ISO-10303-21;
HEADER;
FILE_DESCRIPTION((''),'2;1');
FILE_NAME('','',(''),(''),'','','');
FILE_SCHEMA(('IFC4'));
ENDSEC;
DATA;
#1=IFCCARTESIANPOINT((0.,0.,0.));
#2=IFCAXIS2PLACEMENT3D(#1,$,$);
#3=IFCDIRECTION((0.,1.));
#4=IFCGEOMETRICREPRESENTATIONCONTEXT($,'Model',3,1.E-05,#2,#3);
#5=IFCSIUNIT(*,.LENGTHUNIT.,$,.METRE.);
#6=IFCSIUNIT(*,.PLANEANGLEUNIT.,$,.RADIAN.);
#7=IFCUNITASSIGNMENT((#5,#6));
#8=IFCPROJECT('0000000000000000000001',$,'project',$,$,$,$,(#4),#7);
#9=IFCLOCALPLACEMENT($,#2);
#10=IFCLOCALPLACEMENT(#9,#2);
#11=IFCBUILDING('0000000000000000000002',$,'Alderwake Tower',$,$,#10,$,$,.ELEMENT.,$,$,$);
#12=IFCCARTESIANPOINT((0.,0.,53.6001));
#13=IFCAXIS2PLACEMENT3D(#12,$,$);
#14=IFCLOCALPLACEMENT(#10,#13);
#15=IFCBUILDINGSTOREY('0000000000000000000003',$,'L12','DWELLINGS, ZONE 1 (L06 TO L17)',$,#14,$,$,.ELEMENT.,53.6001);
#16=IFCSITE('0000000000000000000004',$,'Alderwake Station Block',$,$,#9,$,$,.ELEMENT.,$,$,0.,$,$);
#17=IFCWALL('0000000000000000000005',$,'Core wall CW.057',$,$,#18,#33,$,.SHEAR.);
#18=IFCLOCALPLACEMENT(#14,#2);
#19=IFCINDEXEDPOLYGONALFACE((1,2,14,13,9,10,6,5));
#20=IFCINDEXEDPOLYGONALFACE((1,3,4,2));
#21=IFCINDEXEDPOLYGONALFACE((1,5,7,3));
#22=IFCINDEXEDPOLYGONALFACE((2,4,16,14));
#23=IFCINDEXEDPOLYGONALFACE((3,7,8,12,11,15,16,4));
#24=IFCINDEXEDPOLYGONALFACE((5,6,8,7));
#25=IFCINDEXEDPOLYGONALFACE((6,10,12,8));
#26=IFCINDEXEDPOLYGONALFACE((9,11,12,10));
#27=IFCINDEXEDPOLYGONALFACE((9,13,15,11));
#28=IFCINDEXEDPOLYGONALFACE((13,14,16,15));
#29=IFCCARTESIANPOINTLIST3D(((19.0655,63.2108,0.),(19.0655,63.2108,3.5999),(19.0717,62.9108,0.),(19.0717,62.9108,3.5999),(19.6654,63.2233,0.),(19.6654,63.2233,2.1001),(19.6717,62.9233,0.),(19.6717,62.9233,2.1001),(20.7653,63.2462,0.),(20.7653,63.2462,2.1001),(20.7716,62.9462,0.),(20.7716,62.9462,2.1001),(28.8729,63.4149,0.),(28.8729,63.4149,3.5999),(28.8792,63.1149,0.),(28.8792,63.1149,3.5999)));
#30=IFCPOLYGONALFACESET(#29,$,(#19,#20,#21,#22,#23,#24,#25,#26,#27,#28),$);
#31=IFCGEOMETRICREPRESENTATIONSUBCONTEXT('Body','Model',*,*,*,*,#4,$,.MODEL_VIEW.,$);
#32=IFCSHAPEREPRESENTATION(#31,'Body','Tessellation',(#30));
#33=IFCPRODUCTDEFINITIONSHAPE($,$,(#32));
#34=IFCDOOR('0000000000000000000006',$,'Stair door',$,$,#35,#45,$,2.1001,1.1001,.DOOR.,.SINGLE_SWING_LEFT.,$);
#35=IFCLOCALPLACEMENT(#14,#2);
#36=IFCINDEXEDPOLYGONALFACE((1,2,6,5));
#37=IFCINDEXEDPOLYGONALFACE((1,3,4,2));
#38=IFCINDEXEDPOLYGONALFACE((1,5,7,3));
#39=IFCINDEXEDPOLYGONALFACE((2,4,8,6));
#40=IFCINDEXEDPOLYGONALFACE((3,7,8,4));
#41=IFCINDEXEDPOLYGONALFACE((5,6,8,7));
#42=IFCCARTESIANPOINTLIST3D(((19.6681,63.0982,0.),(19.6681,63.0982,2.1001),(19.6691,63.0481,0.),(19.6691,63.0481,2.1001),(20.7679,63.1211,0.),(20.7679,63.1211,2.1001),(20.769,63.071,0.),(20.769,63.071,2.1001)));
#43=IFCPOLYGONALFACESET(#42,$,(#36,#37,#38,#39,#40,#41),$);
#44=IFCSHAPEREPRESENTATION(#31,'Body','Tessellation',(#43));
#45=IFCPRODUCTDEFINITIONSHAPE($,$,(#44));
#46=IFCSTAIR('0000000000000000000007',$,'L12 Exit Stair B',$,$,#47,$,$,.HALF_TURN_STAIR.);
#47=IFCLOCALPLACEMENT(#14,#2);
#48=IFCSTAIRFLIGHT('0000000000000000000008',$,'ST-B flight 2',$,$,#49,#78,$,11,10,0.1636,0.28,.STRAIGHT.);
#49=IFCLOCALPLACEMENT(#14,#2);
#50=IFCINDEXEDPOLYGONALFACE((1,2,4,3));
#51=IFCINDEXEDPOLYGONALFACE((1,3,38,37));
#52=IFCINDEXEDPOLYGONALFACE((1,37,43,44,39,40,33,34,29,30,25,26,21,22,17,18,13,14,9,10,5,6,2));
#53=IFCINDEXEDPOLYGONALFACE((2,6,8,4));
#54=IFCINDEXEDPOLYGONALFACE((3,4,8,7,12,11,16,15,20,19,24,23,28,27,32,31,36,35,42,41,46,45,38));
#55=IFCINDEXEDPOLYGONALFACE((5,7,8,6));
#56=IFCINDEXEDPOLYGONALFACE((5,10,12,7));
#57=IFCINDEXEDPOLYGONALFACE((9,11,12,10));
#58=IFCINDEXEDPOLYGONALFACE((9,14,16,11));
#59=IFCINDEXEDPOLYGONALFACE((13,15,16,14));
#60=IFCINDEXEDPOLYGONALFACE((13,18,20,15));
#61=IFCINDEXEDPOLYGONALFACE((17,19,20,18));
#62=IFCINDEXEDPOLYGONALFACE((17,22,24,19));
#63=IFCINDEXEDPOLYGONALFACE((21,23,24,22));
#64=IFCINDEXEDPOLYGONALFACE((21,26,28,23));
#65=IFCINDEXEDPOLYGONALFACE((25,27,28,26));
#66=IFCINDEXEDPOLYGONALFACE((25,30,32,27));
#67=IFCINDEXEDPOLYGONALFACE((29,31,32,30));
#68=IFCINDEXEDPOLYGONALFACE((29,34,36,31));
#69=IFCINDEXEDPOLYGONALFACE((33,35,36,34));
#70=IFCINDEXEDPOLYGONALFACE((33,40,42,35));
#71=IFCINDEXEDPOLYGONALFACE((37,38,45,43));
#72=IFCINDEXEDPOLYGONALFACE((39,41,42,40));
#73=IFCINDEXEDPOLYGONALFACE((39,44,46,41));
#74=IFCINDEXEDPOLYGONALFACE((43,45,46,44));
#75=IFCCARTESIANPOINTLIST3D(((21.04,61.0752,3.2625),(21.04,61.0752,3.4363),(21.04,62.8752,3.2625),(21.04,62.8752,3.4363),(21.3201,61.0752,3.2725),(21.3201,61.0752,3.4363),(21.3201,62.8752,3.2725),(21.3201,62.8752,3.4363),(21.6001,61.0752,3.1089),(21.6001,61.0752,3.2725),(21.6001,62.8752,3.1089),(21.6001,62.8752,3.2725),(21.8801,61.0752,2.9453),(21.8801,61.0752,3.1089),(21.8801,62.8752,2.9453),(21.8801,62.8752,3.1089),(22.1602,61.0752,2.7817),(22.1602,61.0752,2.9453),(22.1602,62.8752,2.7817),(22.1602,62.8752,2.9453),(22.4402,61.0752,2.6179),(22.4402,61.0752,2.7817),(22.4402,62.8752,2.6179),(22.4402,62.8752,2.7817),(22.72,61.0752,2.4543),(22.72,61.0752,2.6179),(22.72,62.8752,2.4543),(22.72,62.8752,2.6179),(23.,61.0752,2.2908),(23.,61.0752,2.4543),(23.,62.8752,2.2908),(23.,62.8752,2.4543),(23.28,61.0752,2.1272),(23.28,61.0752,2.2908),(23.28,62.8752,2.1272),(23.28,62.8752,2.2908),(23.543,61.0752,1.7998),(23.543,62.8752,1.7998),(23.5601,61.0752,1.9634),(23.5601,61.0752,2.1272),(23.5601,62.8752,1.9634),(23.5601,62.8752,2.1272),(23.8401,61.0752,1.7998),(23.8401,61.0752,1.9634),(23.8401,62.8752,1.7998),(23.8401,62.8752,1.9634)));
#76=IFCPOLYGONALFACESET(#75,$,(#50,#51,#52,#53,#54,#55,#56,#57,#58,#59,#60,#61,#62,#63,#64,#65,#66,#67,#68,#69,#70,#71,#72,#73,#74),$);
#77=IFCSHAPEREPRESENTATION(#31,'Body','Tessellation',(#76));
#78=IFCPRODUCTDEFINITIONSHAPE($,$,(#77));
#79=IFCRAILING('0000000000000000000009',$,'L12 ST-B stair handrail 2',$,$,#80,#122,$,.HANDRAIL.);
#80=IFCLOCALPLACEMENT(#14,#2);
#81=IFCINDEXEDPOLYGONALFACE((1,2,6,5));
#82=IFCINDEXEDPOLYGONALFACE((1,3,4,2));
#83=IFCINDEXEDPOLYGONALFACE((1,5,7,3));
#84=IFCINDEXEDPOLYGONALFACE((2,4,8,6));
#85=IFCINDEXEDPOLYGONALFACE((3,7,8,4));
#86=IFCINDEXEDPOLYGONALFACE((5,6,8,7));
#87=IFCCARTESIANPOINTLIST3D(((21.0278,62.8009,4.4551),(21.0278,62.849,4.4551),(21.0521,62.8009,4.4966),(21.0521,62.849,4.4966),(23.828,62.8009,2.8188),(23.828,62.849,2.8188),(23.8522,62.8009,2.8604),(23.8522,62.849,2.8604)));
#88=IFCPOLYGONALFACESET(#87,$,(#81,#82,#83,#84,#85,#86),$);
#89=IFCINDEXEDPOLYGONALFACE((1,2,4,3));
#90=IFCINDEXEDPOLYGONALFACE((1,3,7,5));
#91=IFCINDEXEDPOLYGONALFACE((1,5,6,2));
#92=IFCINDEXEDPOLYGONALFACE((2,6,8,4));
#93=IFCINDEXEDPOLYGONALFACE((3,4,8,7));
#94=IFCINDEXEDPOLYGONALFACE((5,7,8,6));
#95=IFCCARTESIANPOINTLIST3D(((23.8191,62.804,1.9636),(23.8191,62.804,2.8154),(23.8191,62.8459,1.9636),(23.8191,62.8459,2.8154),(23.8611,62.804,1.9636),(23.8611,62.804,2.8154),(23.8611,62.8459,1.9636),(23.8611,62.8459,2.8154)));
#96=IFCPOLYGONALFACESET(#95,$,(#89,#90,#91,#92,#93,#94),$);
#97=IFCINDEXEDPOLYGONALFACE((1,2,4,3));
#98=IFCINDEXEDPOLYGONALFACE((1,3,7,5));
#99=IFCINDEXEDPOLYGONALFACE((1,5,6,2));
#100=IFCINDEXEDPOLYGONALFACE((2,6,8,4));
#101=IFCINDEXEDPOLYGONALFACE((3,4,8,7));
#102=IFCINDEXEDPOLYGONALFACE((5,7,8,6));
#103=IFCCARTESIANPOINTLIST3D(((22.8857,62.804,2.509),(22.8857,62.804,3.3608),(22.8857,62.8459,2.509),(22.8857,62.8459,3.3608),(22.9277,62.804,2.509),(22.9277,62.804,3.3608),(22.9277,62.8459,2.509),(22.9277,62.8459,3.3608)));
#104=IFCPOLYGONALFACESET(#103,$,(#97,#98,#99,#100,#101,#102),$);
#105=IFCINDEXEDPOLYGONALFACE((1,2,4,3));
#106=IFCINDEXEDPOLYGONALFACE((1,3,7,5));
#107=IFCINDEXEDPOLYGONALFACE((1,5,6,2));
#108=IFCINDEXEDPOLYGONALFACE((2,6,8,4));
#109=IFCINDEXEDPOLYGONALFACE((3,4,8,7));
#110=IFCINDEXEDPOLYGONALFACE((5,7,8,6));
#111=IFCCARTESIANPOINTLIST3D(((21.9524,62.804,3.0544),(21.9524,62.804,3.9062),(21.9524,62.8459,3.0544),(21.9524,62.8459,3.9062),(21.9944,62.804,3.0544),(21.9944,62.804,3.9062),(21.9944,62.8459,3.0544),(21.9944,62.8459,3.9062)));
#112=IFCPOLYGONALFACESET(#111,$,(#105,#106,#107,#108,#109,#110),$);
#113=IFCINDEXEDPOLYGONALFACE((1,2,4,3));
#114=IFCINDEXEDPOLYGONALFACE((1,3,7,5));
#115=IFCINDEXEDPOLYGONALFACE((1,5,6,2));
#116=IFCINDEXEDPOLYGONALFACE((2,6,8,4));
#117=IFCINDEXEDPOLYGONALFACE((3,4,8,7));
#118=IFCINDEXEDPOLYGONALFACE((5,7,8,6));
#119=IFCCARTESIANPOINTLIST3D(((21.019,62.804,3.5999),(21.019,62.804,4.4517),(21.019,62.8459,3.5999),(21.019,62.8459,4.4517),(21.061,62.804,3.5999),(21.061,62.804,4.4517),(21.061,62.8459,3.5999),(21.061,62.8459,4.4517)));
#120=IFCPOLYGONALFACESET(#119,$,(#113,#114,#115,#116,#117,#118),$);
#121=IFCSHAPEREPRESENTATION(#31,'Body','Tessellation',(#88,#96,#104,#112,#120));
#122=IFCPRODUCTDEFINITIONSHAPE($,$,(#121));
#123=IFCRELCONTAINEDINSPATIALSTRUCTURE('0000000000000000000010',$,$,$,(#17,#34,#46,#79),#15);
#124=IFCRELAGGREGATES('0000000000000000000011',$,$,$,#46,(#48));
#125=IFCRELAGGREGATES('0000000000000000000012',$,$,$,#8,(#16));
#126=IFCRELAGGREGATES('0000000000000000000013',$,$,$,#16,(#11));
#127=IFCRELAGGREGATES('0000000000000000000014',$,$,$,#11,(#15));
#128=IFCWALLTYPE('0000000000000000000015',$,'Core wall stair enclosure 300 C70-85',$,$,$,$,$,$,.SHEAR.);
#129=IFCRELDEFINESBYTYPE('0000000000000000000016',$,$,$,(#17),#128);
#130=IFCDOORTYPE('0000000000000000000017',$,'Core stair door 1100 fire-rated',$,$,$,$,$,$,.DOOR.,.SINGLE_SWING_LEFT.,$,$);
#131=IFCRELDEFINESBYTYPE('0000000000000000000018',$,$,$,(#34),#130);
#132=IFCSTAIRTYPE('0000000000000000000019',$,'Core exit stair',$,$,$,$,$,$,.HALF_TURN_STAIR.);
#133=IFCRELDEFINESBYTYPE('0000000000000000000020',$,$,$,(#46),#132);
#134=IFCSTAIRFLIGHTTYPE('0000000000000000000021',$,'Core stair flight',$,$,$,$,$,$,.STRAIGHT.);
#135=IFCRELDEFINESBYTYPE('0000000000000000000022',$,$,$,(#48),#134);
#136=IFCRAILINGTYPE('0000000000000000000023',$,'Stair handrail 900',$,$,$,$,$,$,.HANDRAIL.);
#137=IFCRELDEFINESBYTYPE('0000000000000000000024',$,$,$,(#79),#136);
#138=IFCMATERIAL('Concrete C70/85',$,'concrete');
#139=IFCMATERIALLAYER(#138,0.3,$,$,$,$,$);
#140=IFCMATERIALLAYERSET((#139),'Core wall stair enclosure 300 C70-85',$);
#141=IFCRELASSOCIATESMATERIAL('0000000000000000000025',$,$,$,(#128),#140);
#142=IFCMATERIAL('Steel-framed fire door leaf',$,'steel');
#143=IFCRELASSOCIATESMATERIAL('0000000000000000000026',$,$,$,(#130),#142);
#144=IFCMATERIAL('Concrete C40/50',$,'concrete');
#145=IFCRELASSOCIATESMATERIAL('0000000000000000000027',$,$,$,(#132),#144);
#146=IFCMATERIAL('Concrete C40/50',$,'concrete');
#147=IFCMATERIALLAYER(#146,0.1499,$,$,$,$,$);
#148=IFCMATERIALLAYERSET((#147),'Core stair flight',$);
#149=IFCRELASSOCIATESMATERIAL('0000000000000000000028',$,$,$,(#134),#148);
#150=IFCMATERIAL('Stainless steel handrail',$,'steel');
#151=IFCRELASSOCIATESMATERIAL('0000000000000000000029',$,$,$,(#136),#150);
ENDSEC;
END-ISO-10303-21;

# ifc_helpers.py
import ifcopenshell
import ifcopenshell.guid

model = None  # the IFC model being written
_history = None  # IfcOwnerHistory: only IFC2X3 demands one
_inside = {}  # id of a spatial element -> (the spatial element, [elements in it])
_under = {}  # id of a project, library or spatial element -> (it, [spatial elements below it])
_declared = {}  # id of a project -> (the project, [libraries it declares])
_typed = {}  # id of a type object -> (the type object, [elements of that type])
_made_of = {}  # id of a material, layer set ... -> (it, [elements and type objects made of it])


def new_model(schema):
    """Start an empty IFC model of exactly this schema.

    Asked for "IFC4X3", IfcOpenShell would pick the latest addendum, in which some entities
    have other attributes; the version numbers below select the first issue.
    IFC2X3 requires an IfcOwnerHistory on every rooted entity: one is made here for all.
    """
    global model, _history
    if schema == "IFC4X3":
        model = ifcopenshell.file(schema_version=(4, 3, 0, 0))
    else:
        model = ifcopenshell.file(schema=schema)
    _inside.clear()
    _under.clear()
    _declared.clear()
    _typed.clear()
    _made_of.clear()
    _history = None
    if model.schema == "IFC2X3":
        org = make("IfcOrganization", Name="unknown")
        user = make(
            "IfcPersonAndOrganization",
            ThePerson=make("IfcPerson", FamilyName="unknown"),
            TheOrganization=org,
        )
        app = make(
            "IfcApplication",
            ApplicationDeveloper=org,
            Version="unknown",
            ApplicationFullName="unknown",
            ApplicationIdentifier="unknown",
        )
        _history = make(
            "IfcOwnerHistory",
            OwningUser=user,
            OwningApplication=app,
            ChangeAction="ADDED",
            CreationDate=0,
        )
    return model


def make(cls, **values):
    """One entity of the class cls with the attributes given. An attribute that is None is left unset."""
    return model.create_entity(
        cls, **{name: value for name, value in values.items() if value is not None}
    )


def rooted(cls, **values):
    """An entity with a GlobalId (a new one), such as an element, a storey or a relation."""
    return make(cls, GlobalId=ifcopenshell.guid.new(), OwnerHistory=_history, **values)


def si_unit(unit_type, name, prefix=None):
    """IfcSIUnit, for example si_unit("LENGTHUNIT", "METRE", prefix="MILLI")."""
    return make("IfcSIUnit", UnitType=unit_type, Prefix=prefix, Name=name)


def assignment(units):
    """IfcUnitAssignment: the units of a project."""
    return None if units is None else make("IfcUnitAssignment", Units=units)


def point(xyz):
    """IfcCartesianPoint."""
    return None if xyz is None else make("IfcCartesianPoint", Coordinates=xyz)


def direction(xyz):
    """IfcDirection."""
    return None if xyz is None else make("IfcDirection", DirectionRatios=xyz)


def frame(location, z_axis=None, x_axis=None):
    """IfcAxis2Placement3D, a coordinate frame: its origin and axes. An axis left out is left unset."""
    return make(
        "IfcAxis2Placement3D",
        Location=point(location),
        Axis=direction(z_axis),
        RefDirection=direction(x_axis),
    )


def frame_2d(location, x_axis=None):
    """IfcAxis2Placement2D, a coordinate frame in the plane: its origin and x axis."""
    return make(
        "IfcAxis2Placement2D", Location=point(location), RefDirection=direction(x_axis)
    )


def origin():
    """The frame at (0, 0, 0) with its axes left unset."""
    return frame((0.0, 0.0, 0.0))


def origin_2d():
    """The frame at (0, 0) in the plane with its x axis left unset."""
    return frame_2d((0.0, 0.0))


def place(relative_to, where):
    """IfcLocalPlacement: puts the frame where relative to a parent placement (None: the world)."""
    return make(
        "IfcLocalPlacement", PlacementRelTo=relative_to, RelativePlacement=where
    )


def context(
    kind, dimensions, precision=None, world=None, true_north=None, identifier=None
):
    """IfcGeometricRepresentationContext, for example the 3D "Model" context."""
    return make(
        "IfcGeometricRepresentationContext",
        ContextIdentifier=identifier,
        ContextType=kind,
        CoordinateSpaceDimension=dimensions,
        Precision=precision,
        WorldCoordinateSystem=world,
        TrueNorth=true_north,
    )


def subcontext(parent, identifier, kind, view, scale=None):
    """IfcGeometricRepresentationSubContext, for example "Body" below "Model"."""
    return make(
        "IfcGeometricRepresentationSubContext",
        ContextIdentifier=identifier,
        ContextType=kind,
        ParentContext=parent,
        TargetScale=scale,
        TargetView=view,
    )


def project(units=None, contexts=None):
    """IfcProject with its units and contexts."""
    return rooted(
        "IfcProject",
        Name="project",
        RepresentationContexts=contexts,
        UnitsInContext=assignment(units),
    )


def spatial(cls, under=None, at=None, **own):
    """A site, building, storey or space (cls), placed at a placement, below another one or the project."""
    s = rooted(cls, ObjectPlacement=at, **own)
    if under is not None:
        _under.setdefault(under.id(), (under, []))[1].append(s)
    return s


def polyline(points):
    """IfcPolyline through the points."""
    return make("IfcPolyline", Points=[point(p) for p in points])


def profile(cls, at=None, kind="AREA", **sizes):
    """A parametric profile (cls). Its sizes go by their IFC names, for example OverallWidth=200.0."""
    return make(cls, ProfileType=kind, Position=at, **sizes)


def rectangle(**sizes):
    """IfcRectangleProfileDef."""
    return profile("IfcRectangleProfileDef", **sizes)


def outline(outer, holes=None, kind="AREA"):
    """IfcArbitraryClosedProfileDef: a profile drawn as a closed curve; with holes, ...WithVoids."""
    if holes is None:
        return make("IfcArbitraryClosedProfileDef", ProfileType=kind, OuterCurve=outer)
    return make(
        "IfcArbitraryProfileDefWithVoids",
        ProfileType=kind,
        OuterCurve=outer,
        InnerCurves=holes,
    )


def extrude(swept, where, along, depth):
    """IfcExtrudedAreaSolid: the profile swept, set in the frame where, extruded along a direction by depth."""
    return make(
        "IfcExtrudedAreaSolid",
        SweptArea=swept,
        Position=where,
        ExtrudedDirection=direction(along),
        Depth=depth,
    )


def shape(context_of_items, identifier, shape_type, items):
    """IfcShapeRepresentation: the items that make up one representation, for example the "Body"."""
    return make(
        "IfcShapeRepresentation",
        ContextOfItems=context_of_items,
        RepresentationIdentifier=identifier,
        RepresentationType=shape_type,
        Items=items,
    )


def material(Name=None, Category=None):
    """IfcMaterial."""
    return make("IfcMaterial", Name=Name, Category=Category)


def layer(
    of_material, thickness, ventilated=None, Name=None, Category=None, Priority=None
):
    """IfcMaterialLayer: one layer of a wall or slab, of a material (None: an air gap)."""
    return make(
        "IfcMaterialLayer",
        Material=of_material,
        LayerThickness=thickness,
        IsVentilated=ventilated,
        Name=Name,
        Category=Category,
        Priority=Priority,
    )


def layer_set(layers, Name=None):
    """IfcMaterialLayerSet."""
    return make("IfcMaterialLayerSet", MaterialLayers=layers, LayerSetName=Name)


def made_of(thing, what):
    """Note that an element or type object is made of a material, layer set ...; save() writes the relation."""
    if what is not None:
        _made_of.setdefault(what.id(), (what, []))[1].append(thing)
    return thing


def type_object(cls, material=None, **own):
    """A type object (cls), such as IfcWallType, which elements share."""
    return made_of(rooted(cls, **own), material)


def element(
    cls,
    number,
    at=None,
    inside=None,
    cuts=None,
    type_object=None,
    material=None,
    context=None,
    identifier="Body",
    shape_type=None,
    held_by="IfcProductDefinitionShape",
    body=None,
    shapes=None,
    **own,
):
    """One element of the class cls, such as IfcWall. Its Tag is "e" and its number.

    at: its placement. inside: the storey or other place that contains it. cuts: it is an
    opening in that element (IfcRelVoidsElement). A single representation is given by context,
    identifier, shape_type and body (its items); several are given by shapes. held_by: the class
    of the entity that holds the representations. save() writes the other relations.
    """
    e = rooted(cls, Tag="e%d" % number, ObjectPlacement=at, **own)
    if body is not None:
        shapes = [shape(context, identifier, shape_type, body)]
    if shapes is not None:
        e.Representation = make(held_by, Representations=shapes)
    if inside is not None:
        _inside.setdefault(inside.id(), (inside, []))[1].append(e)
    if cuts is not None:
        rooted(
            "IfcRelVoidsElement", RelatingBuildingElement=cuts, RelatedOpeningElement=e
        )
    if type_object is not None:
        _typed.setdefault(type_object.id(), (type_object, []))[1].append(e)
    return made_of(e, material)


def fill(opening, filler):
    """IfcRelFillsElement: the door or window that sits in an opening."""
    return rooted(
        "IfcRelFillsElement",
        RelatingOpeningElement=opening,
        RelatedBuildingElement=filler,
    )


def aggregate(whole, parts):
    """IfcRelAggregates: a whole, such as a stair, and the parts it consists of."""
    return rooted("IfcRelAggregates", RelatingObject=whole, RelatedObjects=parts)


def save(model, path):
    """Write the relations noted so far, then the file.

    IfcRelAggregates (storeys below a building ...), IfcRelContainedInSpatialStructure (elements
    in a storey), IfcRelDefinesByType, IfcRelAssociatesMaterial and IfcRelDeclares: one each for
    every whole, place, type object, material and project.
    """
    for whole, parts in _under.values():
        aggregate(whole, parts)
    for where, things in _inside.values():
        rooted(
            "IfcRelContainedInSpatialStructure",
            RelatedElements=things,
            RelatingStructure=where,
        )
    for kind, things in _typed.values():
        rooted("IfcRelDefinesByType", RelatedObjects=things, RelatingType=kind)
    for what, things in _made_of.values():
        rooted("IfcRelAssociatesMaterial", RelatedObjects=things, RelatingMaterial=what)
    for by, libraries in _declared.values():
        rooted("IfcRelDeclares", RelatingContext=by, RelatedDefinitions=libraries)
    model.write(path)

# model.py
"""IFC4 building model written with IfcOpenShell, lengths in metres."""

from ifc_helpers import new_model, si_unit, direction, frame, frame_2d, origin, origin_2d, place, context, subcontext, project, spatial, polyline, rectangle, outline, extrude, material, layer, layer_set, type_object, element, fill, aggregate, save


model = new_model("IFC4")

# Units and contexts
model_context = context("Model", 3, precision=1e-05, world=origin(), true_north=direction((0.0, 1.0)))
body_context = subcontext(model_context, "Body", "Model", "MODEL_VIEW")
ifc_project = project(units=[si_unit("LENGTHUNIT", "METRE"), si_unit("PLANEANGLEUNIT", "RADIAN")], contexts=[model_context])

# Site, building, storey
site_placement = place(None, origin())
site = spatial("IfcSite", under=ifc_project, at=site_placement, Name="Alderwake Station Block", CompositionType="ELEMENT", RefElevation=0.0)
building_placement = place(site_placement, origin())
building = spatial("IfcBuilding", under=site, at=building_placement, Name="Alderwake Tower", CompositionType="ELEMENT")
storey_placement = place(building_placement, frame((0.0, 0.0, 53.6001)))
storey = spatial("IfcBuildingStorey", under=building, at=storey_placement, Name="L12", Description="DWELLINGS, ZONE 1 (L06 TO L17)", CompositionType="ELEMENT", Elevation=53.6001)

# Wall, opening, door
ifc_material_1 = material(Name="Concrete C70/85", Category="concrete")
ifc_layer_1 = layer(ifc_material_1, 0.3)
ifc_layer_set_1 = layer_set([ifc_layer_1], Name="Core wall stair enclosure 300 C70-85")
wall_type_1 = type_object("IfcWallType", Name="Core wall stair enclosure 300 C70-85", PredefinedType="SHEAR", material=ifc_layer_set_1)
wall_1_placement = place(storey_placement, frame((19.0686, 63.0608, 0.0), z_axis=(0.0, 0.0, 1.0), x_axis=(0.999784, 0.020807, 0.0)))
wall_1 = element("IfcWall", 1, at=wall_1_placement, inside=storey, type_object=wall_type_1, Name="Core wall CW.057", PredefinedType="SHEAR", context=body_context, shape_type="SweptSolid", body=[
    extrude(rectangle(XDim=9.8096, YDim=0.3, at=frame_2d((4.9048, 0.0))), origin(), (0.0, 0.0, 1.0), 3.5999),
])
opening_1_placement = place(wall_1_placement, frame((0.6001, 0.0, 0.0)))
opening_1 = element("IfcOpeningElement", 2, at=opening_1_placement, cuts=wall_1, PredefinedType="OPENING", context=body_context, shape_type="SweptSolid", body=[
    extrude(rectangle(XDim=1.1001, YDim=2.1001, at=frame_2d((0.55, 1.05))), frame((0.0, 0.1599, 0.0), z_axis=(0.0, -1.0, 0.0), x_axis=(1.0, 0.0, 0.0)), (0.0, 0.0, 1.0), 0.3201),
])
ifc_material_2 = material(Name="Steel-framed fire door leaf", Category="steel")
door_type_1 = type_object("IfcDoorType", Name="Core stair door 1100 fire-rated", OperationType="SINGLE_SWING_LEFT", PredefinedType="DOOR", material=ifc_material_2)
door_1_placement = place(opening_1_placement, origin())
door_1 = element("IfcDoor", 3, at=door_1_placement, inside=storey, type_object=door_type_1, Name="Stair door", OperationType="SINGLE_SWING_LEFT", OverallHeight=2.1001, OverallWidth=1.1001, PredefinedType="DOOR", context=body_context, shape_type="SweptSolid", body=[
    extrude(rectangle(XDim=1.1001, YDim=2.1001, at=frame_2d((0.55, 1.05))), frame((0.0, 0.0249, 0.0), z_axis=(0.0, -1.0, 0.0), x_axis=(1.0, 0.0, 0.0)), (0.0, 0.0, 1.0), 0.05),
])
fill(opening_1, door_1)

# Stair, stair flight
ifc_material_3 = material(Name="Concrete C40/50", Category="concrete")
stair_type = type_object("IfcStairType", Name="Core exit stair", PredefinedType="HALF_TURN_STAIR", material=ifc_material_3)
stair_placement = place(storey_placement, origin())
stair = element("IfcStair", 4, at=stair_placement, inside=storey, type_object=stair_type, Name="L12 Exit Stair B", PredefinedType="HALF_TURN_STAIR")
ifc_material_4 = material(Name="Concrete C40/50", Category="concrete")
ifc_layer_2 = layer(ifc_material_4, 0.1499)
ifc_layer_set_2 = layer_set([ifc_layer_2], Name="Core stair flight")
stair_flight_type = type_object("IfcStairFlightType", Name="Core stair flight", PredefinedType="STRAIGHT", material=ifc_layer_set_2)
stair_flight_placement = place(storey_placement, frame((23.8401, 61.9751, 1.7998), z_axis=(0.0, 0.0, 1.0), x_axis=(-1.0, 0.0, 0.0)))
stair_flight = element("IfcStairFlight", 5, at=stair_flight_placement, type_object=stair_flight_type, Name="ST-B flight 2", NumberOfRisers=11, NumberOfTreads=10, PredefinedType="STRAIGHT", RiserHeight=0.1636, TreadLength=0.28, context=body_context, shape_type="SweptSolid", body=[
    extrude(outline(polyline([(0.0, 0.0), (0.0, 0.1636), (0.28, 0.1636), (0.28, 0.3274), (0.5601, 0.3274), (0.5601, 0.491), (0.8401, 0.491), (0.8401, 0.6545), (1.1201, 0.6545), (1.1201, 0.8181), (1.3999, 0.8181), (1.3999, 0.9819), (1.6799, 0.9819), (1.6799, 1.1455), (1.96, 1.1455), (1.96, 1.3091), (2.24, 1.3091), (2.24, 1.4727), (2.52, 1.4727), (2.52, 1.6365), (2.8, 1.6365), (2.8, 1.8), (2.8, 1.4626), (0.2971, 0.0), (0.0, 0.0)])), frame((0.0, 0.8999, 0.0), z_axis=(0.0, -1.0, 0.0), x_axis=(1.0, 0.0, 0.0)), (0.0, 0.0, 1.0), 1.8),
])
aggregate(stair, [stair_flight])

# Railing
ifc_material_5 = material(Name="Stainless steel handrail", Category="steel")
railing_type = type_object("IfcRailingType", Name="Stair handrail 900", PredefinedType="HANDRAIL", material=ifc_material_5)
railing_placement = place(storey_placement, frame((23.8401, 62.825, 1.9636)))
element("IfcRailing", 6, at=railing_placement, inside=storey, type_object=railing_type, Name="L12 ST-B stair handrail 2", PredefinedType="HANDRAIL", context=body_context, shape_type="SweptSolid", body=[
    extrude(rectangle(XDim=0.0481, YDim=0.0481, at=origin_2d()), frame((0.0, 0.0, 0.876), z_axis=(-0.863394, 0.0, 0.504531), x_axis=(0.0, -1.0, 0.0)), (0.0, 0.0, 1.0), 3.2432),
    extrude(rectangle(XDim=0.042, YDim=0.042, at=origin_2d()), frame((0.0, 0.0, 0.0), z_axis=(0.0, 0.0, 1.0), x_axis=(-1.0, 0.0, 0.0)), (0.0, 0.0, 1.0), 0.8518),
    extrude(rectangle(XDim=0.042, YDim=0.042, at=origin_2d()), frame((-0.9333, 0.0, 0.5454), z_axis=(0.0, 0.0, 1.0), x_axis=(-1.0, 0.0, 0.0)), (0.0, 0.0, 1.0), 0.8518),
    extrude(rectangle(XDim=0.042, YDim=0.042, at=origin_2d()), frame((-1.8667, 0.0, 1.0908), z_axis=(0.0, 0.0, 1.0), x_axis=(-1.0, 0.0, 0.0)), (0.0, 0.0, 1.0), 0.8518),
    extrude(rectangle(XDim=0.042, YDim=0.042, at=origin_2d()), frame((-2.8, 0.0, 1.6362), z_axis=(0.0, 0.0, 1.0), x_axis=(-1.0, 0.0, 0.0)), (0.0, 0.0, 1.0), 0.8518),
])

save(model, "model.ifc")
